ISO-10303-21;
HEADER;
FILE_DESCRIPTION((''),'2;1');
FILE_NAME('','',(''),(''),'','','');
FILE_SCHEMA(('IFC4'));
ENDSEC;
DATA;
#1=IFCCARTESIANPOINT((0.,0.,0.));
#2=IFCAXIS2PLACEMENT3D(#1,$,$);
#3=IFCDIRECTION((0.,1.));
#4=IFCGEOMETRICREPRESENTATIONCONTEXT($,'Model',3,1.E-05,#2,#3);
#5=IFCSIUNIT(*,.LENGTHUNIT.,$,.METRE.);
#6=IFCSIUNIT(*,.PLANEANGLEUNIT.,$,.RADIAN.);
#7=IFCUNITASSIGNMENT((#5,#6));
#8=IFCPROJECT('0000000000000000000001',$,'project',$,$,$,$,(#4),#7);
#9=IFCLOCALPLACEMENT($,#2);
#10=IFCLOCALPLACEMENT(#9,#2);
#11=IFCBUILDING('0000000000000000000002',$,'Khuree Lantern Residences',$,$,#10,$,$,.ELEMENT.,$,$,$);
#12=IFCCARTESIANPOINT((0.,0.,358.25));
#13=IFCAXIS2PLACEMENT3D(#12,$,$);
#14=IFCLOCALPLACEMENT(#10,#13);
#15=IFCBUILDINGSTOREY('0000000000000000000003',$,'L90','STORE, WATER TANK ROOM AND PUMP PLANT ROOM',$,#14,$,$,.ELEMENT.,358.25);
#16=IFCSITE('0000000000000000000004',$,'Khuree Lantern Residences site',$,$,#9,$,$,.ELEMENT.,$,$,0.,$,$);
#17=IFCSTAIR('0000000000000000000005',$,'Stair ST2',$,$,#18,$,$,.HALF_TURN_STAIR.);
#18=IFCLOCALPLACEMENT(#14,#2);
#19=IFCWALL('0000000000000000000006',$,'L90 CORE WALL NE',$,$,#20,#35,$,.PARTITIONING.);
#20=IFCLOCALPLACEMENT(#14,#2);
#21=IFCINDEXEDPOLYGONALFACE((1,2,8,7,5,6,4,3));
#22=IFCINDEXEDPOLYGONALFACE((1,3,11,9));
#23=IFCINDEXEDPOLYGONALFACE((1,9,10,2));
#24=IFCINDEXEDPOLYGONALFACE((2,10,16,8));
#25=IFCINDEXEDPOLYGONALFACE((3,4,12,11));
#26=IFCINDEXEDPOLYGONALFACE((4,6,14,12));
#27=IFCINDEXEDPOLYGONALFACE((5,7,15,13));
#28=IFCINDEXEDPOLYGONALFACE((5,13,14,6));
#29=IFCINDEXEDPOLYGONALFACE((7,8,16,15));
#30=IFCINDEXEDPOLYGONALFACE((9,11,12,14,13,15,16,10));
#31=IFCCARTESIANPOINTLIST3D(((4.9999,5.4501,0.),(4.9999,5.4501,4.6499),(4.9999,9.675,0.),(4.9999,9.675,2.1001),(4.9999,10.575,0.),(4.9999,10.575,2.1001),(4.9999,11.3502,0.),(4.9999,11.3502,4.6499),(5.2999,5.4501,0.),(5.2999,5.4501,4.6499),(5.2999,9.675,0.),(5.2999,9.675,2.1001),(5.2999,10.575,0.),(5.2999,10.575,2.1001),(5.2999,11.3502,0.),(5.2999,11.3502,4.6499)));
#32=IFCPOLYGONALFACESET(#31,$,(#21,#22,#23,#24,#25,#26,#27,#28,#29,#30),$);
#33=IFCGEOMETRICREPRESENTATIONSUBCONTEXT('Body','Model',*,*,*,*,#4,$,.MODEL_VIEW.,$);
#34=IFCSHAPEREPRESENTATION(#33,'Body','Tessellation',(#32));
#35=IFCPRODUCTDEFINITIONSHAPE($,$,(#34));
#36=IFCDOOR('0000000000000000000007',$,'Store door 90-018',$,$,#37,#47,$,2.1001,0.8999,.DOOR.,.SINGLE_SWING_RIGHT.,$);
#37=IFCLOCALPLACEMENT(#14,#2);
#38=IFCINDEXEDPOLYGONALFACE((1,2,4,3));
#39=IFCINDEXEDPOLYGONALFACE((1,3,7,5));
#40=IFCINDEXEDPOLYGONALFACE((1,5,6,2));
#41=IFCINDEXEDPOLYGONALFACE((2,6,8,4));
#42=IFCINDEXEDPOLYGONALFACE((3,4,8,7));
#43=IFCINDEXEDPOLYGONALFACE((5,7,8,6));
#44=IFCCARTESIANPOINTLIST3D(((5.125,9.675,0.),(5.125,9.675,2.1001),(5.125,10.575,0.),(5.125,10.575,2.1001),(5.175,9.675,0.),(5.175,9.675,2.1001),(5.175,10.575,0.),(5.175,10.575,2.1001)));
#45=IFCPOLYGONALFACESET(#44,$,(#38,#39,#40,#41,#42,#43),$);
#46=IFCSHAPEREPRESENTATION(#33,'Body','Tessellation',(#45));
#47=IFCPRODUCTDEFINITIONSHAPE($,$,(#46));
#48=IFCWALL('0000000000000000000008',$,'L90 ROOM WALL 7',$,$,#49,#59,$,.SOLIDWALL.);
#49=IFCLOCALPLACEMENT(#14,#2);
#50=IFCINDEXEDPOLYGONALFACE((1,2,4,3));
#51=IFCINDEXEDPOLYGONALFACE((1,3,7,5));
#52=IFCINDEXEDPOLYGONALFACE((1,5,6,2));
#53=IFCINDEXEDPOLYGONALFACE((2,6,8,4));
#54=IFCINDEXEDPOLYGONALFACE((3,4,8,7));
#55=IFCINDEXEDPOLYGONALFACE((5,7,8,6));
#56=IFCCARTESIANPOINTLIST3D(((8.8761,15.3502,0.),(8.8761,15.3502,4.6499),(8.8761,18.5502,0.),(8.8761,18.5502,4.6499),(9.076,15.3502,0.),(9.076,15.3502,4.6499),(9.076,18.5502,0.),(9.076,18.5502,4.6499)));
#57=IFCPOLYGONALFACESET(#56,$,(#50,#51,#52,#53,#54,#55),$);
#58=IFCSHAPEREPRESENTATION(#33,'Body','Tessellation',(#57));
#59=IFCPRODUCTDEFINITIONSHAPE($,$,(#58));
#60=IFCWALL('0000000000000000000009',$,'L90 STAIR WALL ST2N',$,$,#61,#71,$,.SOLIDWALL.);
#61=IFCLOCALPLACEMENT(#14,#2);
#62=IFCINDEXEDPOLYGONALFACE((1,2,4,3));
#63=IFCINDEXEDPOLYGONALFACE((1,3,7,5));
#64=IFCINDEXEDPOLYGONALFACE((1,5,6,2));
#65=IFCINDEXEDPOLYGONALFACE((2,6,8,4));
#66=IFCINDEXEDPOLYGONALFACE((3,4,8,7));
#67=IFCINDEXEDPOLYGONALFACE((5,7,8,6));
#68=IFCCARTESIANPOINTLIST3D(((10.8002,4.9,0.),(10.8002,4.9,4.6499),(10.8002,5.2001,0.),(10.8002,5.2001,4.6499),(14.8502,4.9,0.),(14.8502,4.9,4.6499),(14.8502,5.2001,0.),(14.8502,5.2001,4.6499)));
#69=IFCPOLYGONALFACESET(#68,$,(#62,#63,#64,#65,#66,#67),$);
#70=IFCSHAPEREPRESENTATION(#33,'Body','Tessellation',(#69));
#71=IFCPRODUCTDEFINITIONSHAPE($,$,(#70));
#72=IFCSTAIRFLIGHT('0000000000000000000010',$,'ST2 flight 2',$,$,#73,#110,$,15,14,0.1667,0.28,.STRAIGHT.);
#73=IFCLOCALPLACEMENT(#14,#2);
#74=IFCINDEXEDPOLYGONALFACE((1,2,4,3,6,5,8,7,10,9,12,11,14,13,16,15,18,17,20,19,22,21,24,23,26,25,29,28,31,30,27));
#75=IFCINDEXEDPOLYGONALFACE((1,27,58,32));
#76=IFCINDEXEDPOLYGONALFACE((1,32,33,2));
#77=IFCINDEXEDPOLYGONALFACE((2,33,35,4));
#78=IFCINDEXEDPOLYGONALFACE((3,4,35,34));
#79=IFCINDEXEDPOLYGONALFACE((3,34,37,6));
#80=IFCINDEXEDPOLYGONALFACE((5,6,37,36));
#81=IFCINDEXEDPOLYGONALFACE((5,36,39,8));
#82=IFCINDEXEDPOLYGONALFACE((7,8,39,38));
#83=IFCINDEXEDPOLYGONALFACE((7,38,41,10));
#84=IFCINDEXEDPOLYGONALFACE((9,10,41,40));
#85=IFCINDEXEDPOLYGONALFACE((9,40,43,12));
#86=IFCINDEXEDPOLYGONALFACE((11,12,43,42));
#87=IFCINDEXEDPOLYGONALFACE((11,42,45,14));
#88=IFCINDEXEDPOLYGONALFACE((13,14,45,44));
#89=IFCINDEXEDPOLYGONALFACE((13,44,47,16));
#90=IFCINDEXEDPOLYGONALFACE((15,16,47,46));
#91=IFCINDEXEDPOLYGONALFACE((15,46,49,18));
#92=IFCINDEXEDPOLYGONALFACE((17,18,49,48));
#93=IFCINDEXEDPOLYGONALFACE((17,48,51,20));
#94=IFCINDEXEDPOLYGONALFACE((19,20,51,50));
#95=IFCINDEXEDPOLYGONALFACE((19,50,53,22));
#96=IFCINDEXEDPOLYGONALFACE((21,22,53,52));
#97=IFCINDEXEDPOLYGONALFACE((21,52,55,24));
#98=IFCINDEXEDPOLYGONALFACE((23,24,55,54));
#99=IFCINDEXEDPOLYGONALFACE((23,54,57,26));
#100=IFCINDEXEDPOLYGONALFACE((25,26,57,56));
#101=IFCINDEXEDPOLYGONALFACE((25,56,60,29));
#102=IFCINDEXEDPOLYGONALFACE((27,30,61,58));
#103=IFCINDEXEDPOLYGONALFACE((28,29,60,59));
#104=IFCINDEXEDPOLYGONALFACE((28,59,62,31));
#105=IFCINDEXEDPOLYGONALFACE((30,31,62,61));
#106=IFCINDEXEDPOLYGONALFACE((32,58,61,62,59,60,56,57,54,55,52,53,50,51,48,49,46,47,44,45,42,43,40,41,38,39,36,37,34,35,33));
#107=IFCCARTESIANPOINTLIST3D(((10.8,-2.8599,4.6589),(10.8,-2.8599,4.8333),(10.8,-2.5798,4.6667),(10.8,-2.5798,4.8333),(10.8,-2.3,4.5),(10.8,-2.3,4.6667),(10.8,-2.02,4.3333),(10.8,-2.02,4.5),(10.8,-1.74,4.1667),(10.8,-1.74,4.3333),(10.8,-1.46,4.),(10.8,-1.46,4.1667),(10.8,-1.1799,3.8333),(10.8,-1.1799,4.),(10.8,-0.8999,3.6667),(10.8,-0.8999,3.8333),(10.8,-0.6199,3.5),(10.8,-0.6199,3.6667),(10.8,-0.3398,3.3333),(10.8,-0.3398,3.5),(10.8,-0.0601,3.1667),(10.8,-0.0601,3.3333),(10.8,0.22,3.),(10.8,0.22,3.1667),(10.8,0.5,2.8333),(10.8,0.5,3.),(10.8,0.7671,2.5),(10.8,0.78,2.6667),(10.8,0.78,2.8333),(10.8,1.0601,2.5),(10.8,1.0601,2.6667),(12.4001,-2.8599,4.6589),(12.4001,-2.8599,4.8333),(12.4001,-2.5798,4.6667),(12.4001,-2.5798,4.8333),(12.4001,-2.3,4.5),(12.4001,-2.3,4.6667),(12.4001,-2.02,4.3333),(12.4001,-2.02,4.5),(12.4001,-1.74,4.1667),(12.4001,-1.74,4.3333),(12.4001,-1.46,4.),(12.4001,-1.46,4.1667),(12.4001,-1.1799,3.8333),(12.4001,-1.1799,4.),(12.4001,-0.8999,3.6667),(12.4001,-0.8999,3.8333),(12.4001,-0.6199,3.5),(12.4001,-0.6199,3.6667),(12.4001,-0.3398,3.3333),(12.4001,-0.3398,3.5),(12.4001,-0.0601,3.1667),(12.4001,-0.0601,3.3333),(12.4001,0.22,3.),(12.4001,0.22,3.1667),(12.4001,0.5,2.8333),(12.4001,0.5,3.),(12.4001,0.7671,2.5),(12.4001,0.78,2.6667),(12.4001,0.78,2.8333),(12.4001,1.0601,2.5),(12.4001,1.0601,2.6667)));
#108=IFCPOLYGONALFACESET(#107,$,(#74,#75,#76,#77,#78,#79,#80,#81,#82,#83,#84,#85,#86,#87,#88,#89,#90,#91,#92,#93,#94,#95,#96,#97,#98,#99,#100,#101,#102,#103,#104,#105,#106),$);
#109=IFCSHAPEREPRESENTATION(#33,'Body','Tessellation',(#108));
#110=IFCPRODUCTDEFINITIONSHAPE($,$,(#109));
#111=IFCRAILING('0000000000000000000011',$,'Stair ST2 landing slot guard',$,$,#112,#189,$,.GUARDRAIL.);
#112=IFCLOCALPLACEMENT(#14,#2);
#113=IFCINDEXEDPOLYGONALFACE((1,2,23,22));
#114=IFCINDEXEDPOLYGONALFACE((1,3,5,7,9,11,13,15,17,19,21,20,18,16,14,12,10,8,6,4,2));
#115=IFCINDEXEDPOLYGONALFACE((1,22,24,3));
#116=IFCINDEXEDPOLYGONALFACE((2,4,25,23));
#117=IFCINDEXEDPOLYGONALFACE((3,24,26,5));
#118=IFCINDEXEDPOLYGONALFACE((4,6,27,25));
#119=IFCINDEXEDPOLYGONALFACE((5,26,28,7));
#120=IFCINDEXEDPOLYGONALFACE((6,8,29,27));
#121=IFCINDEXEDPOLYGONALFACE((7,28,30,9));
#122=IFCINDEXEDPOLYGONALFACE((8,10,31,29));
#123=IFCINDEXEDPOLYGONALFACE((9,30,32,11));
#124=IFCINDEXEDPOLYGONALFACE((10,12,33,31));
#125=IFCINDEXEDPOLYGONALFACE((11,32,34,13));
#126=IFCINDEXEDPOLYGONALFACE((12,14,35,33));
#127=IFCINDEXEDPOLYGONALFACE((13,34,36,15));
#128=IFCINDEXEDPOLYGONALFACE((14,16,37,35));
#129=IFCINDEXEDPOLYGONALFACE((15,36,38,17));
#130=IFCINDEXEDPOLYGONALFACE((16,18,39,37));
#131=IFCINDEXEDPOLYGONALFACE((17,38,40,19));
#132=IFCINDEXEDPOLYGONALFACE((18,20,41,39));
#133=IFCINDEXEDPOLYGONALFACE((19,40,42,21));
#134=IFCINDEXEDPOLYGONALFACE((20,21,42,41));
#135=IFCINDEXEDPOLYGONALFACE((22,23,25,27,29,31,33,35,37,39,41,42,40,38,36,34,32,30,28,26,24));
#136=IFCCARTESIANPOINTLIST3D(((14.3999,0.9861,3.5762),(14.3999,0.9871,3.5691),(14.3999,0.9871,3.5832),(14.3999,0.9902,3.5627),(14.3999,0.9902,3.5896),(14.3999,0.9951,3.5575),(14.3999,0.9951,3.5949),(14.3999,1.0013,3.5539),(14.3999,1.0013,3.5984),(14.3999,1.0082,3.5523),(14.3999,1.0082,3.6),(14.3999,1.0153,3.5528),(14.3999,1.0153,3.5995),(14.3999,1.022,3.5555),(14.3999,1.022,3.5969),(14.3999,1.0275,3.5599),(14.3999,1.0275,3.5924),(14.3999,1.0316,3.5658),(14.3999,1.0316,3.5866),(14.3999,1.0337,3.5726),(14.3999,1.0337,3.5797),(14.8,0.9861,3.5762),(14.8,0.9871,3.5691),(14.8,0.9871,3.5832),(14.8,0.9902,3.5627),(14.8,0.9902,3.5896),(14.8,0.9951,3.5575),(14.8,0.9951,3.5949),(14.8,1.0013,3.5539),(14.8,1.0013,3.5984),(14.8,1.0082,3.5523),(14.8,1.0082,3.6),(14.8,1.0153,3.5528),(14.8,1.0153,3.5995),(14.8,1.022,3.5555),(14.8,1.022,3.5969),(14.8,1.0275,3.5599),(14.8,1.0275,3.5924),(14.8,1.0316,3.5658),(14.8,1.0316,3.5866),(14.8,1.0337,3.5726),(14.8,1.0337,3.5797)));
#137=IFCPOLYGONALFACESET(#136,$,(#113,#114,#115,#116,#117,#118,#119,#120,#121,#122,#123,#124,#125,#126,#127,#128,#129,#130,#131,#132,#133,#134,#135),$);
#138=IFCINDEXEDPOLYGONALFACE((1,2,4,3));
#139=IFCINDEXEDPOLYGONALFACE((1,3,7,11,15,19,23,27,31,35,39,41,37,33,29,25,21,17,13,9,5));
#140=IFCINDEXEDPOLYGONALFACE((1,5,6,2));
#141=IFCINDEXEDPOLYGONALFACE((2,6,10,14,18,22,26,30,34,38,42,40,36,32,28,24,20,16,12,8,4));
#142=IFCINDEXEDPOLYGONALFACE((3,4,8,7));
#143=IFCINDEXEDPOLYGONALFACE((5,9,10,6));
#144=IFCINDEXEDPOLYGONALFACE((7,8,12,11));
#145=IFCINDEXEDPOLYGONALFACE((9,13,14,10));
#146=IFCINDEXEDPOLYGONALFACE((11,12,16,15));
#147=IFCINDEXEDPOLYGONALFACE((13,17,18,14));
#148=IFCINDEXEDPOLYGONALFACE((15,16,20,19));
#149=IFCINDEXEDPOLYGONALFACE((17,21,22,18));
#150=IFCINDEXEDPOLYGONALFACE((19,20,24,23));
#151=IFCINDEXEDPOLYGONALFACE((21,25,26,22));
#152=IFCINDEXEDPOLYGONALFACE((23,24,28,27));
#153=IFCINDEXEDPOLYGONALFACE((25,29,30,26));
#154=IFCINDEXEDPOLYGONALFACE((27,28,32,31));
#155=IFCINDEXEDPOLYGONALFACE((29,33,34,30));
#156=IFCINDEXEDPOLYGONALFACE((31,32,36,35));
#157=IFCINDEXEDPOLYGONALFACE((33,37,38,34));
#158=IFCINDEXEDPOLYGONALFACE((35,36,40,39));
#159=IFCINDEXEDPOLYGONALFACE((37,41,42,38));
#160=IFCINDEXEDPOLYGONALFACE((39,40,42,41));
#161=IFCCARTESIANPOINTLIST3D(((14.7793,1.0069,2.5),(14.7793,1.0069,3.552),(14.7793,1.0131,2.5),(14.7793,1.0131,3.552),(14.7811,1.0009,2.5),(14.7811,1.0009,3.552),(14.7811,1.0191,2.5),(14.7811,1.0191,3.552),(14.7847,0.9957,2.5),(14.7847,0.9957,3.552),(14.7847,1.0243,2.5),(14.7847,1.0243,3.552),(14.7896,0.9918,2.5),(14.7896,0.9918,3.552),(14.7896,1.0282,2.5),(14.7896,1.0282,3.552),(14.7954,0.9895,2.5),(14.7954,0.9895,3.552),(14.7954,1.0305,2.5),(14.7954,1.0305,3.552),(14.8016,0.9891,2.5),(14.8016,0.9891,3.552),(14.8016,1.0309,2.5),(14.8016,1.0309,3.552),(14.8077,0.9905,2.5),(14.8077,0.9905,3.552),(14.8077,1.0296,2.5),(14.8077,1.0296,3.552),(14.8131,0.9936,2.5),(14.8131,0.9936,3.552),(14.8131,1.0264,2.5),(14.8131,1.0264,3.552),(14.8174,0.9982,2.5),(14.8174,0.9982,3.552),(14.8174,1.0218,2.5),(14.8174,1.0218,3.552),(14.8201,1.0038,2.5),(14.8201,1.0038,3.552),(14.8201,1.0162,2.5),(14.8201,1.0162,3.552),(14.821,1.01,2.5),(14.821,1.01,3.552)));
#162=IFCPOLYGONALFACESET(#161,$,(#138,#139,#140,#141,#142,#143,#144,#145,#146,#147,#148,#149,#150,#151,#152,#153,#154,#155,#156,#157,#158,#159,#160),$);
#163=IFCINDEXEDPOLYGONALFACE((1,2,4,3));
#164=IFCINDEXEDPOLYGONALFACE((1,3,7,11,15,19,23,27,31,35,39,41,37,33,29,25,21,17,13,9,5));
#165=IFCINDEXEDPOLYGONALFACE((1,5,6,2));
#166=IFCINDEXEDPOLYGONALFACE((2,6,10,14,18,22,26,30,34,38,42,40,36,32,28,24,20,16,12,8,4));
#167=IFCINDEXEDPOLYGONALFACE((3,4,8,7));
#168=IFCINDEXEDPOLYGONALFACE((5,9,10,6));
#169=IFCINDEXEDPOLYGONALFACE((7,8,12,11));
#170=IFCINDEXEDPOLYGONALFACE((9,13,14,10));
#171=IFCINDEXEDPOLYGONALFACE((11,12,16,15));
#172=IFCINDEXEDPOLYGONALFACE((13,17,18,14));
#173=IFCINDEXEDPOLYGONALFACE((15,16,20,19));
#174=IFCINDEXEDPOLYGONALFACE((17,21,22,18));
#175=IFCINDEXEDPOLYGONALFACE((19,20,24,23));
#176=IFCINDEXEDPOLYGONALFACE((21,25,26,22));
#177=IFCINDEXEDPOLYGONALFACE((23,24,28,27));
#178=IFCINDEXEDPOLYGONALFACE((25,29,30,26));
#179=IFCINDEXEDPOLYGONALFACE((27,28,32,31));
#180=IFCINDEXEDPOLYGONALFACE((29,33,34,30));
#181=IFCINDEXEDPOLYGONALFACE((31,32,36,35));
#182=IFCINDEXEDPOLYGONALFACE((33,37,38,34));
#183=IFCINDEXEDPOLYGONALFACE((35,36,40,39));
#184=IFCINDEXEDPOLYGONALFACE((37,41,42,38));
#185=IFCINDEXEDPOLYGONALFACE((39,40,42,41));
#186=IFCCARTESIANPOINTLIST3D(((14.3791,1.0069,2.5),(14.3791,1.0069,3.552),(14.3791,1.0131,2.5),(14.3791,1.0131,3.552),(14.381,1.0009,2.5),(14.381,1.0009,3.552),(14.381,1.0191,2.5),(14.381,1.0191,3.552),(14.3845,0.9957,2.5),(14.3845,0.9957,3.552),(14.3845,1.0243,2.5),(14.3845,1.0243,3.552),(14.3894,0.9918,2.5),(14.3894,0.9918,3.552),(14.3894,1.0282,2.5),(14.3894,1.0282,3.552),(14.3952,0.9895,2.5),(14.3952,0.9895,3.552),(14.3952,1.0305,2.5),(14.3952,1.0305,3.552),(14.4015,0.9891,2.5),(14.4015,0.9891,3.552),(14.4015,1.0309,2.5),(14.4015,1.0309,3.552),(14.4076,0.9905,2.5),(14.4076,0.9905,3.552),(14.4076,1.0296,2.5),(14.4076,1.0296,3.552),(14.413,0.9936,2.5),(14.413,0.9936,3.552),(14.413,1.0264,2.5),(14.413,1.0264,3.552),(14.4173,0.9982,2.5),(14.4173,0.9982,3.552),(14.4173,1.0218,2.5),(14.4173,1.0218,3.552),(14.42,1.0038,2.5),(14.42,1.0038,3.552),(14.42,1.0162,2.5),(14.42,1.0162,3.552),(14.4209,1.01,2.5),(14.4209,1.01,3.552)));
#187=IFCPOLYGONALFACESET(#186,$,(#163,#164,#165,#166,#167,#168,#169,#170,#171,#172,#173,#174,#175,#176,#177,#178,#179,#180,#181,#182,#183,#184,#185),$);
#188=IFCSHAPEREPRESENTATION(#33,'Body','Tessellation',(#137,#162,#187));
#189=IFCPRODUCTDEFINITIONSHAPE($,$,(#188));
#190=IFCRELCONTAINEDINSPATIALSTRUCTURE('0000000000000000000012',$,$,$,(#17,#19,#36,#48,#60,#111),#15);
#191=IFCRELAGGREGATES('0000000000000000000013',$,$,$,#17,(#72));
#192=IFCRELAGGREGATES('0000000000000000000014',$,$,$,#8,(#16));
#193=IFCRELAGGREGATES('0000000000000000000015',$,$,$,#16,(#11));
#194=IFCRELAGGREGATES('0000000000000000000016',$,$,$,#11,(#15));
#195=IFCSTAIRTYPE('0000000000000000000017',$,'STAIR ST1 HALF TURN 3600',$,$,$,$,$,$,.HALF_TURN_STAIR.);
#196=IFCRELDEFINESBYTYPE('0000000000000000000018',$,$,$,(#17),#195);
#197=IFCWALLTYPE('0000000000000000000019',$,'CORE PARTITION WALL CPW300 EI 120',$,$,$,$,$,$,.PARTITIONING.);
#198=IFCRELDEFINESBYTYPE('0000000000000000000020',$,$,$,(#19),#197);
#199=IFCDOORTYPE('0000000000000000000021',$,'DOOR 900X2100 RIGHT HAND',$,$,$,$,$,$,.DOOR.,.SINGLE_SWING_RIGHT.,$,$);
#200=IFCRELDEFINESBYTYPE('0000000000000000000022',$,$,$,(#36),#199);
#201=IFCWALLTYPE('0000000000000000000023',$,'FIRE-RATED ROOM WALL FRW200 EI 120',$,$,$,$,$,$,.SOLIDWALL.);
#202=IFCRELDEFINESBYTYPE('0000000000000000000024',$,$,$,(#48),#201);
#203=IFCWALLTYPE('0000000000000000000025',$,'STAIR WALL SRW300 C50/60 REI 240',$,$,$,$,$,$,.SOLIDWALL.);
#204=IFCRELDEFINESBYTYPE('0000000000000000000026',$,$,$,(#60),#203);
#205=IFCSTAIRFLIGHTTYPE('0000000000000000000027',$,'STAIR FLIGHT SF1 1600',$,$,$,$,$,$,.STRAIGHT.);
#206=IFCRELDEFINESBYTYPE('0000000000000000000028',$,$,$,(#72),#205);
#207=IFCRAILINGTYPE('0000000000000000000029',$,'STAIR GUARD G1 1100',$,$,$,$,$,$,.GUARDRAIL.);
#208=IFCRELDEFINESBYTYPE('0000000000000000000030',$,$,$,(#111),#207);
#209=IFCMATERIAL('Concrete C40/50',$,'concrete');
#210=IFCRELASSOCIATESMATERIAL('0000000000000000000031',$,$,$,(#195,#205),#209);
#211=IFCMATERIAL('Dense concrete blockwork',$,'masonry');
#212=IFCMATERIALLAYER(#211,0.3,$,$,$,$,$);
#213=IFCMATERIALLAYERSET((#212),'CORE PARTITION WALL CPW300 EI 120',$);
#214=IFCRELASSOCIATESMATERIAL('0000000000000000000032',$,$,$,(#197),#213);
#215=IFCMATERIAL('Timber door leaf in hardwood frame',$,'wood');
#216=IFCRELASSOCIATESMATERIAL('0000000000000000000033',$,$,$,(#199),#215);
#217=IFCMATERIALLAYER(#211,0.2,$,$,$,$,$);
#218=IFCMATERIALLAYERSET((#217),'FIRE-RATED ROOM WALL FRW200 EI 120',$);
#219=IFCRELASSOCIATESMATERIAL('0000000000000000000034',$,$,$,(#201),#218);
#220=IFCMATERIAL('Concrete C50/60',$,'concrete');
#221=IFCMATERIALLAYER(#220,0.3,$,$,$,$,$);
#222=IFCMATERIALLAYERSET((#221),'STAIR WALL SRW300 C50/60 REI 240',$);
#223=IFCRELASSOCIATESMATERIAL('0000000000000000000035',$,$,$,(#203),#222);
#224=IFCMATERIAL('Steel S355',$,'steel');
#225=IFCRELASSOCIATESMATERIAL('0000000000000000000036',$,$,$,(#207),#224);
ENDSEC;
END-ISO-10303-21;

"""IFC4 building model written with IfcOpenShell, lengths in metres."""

from ifc_helpers import new_model, si_unit, direction, frame, frame_2d, origin, origin_2d, place, context, subcontext, project, spatial, polyline, rectangle, circle, outline, extrude, material, layer, layer_set, type_object, element, fill, aggregate, save


model = new_model("IFC4")

# Units and contexts
model_context = context("Model", 3, precision=1e-05, world=origin(), true_north=direction((0.0, 1.0)))
body_context = subcontext(model_context, "Body", "Model", "MODEL_VIEW")
ifc_project = project(units=[si_unit("LENGTHUNIT", "METRE"), si_unit("PLANEANGLEUNIT", "RADIAN")], contexts=[model_context])

# Site, building, storey
site_placement = place(None, origin())
site = spatial("IfcSite", under=ifc_project, at=site_placement, Name="Khuree Lantern Residences site", CompositionType="ELEMENT", RefElevation=0.0)
building_placement = place(site_placement, origin())
building = spatial("IfcBuilding", under=site, at=building_placement, Name="Khuree Lantern Residences", CompositionType="ELEMENT")
storey_placement = place(building_placement, frame((0.0, 0.0, 358.25)))
storey = spatial("IfcBuildingStorey", under=building, at=storey_placement, Name="L90", Description="STORE, WATER TANK ROOM AND PUMP PLANT ROOM", CompositionType="ELEMENT", Elevation=358.25)

# Shared definitions
ifc_material_1 = material(Name="Concrete C50/60", Category="concrete")

# Shared definitions
ifc_material_2 = material(Name="Steel S355", Category="steel")

# Stair
ifc_material_3 = material(Name="Concrete C40/50", Category="concrete")
stair_type = type_object("IfcStairType", Name="STAIR ST1 HALF TURN 3600", PredefinedType="HALF_TURN_STAIR", material=ifc_material_3)
stair_1_placement = place(storey_placement, origin())
stair_1 = element("IfcStair", 1, at=stair_1_placement, inside=storey, type_object=stair_type, Name="Stair ST2", PredefinedType="HALF_TURN_STAIR")

# Wall, opening, door
ifc_material_4 = material(Name="Dense concrete blockwork", Category="masonry")
ifc_layer_1 = layer(ifc_material_4, 0.3)
ifc_layer_set_1 = layer_set([ifc_layer_1], Name="CORE PARTITION WALL CPW300 EI 120")
wall_type_1 = type_object("IfcWallType", Name="CORE PARTITION WALL CPW300 EI 120", PredefinedType="PARTITIONING", material=ifc_layer_set_1)
wall_1_placement = place(storey_placement, frame((5.1499, 5.45, 0.0), z_axis=(0.0, 0.0, 1.0), x_axis=(0.0, 1.0, 0.0)))
wall_1 = element("IfcWall", 2, at=wall_1_placement, inside=storey, type_object=wall_type_1, Name="L90 CORE WALL NE", PredefinedType="PARTITIONING", context=body_context, shape_type="SweptSolid", body=[
    extrude(rectangle(XDim=5.9001, YDim=0.3, at=frame_2d((2.9502, 0.0))), origin(), (0.0, 0.0, 1.0), 4.6499),
])
opening_placement = place(wall_1_placement, frame((4.2251, 0.0, 0.0)))
opening = element("IfcOpeningElement", 3, at=opening_placement, cuts=wall_1, PredefinedType="OPENING", context=body_context, shape_type="SweptSolid", body=[
    extrude(rectangle(XDim=0.8999, YDim=2.1001, at=frame_2d((0.45, 1.05))), frame((0.0, 0.1602, 0.0), z_axis=(0.0, -1.0, 0.0), x_axis=(1.0, 0.0, 0.0)), (0.0, 0.0, 1.0), 0.3201),
])
ifc_material_5 = material(Name="Timber door leaf in hardwood frame", Category="wood")
door_type = type_object("IfcDoorType", Name="DOOR 900X2100 RIGHT HAND", OperationType="SINGLE_SWING_RIGHT", PredefinedType="DOOR", material=ifc_material_5)
door_placement = place(opening_placement, origin())
door = element("IfcDoor", 4, at=door_placement, inside=storey, type_object=door_type, Name="Store door 90-018", OperationType="SINGLE_SWING_RIGHT", OverallHeight=2.1001, OverallWidth=0.8999, PredefinedType="DOOR", context=body_context, shape_type="SweptSolid", body=[
    extrude(rectangle(XDim=0.8999, YDim=2.1001, at=frame_2d((0.45, 1.05))), frame((0.0, 0.0249, 0.0), z_axis=(0.0, -1.0, 0.0), x_axis=(1.0, 0.0, 0.0)), (0.0, 0.0, 1.0), 0.05),
])
fill(opening, door)

# Walls
ifc_layer_2 = layer(ifc_material_4, 0.2)
ifc_layer_set_2 = layer_set([ifc_layer_2], Name="FIRE-RATED ROOM WALL FRW200 EI 120")
wall_type_2 = type_object("IfcWallType", Name="FIRE-RATED ROOM WALL FRW200 EI 120", PredefinedType="SOLIDWALL", material=ifc_layer_set_2)
wall_2_placement = place(storey_placement, frame((8.9761, 15.3501, 0.0), z_axis=(0.0, 0.0, 1.0), x_axis=(0.0, 1.0, 0.0)))
element("IfcWall", 5, at=wall_2_placement, inside=storey, type_object=wall_type_2, Name="L90 ROOM WALL 7", PredefinedType="SOLIDWALL", context=body_context, shape_type="SweptSolid", body=[
    extrude(rectangle(XDim=3.2, YDim=0.2, at=frame_2d((1.6001, 0.0))), origin(), (0.0, 0.0, 1.0), 4.6499),
])
ifc_layer_3 = layer(ifc_material_1, 0.3)
ifc_layer_set_3 = layer_set([ifc_layer_3], Name="STAIR WALL SRW300 C50/60 REI 240")
wall_type_3 = type_object("IfcWallType", Name="STAIR WALL SRW300 C50/60 REI 240", PredefinedType="SOLIDWALL", material=ifc_layer_set_3)
wall_3_placement = place(storey_placement, frame((14.8501, 5.05, 0.0), z_axis=(0.0, 0.0, 1.0), x_axis=(-1.0, 0.0, 0.0)))
element("IfcWall", 6, at=wall_3_placement, inside=storey, type_object=wall_type_3, Name="L90 STAIR WALL ST2N", PredefinedType="SOLIDWALL", context=body_context, shape_type="SweptSolid", body=[
    extrude(rectangle(XDim=4.05, YDim=0.3, at=frame_2d((2.0249, 0.0))), origin(), (0.0, 0.0, 1.0), 4.6499),
])

# Stair flight
stair_flight_type = type_object("IfcStairFlightType", Name="STAIR FLIGHT SF1 1600", PredefinedType="STRAIGHT", material=ifc_material_3)
stair_flight_placement = place(storey_placement, frame((11.6001, 1.0601, 2.5), z_axis=(0.0, 0.0, 1.0), x_axis=(0.0, -1.0, 0.0)))
stair_flight = element("IfcStairFlight", 7, at=stair_flight_placement, type_object=stair_flight_type, Name="ST2 flight 2", NumberOfRisers=15, NumberOfTreads=14, PredefinedType="STRAIGHT", RiserHeight=0.1667, TreadLength=0.28, context=body_context, shape_type="SweptSolid", body=[
    extrude(outline(polyline([(0.0, 0.0), (0.0, 0.1667), (0.28, 0.1667), (0.28, 0.3333), (0.5601, 0.3333), (0.5601, 0.5), (0.8401, 0.5), (0.8401, 0.6667), (1.1201, 0.6667), (1.1201, 0.8333), (1.3999, 0.8333), (1.3999, 1.0), (1.6799, 1.0), (1.6799, 1.1667), (1.96, 1.1667), (1.96, 1.3333), (2.24, 1.3333), (2.24, 1.5), (2.52, 1.5), (2.52, 1.6667), (2.8, 1.6667), (2.8, 1.8333), (3.0801, 1.8333), (3.0801, 2.0), (3.3601, 2.0), (3.3601, 2.1667), (3.6399, 2.1667), (3.6399, 2.3333), (3.9199, 2.3333), (3.9199, 2.5), (3.9199, 2.1589), (0.293, 0.0), (0.0, 0.0)])), frame((0.0, 0.8, 0.0), z_axis=(0.0, -1.0, 0.0), x_axis=(1.0, 0.0, 0.0)), (0.0, 0.0, 1.0), 1.6001),
])
aggregate(stair_1, [stair_flight])

# Railing
railing_type_1 = type_object("IfcRailingType", Name="STAIR GUARD G1 1100", PredefinedType="GUARDRAIL", material=ifc_material_2)
railing_1_placement = place(storey_placement, frame((14.8, 1.01, 2.5)))
element("IfcRailing", 8, at=railing_1_placement, inside=storey, type_object=railing_type_1, Name="Stair ST2 landing slot guard", PredefinedType="GUARDRAIL", context=body_context, shape_type="SweptSolid", body=[
    extrude(circle(Radius=0.0239, at=origin_2d()), frame((0.0, 0.0, 1.0762), z_axis=(-1.0, 0.0, 0.0), x_axis=(0.0, -1.0, 0.0)), (0.0, 0.0, 1.0), 0.4001),
    extrude(circle(Radius=0.021, at=origin_2d()), origin(), (0.0, 0.0, 1.0), 1.052),
    extrude(circle(Radius=0.021, at=origin_2d()), frame((-0.4001, 0.0, 0.0)), (0.0, 0.0, 1.0), 1.052),
])

save(model, "model.ifc")
